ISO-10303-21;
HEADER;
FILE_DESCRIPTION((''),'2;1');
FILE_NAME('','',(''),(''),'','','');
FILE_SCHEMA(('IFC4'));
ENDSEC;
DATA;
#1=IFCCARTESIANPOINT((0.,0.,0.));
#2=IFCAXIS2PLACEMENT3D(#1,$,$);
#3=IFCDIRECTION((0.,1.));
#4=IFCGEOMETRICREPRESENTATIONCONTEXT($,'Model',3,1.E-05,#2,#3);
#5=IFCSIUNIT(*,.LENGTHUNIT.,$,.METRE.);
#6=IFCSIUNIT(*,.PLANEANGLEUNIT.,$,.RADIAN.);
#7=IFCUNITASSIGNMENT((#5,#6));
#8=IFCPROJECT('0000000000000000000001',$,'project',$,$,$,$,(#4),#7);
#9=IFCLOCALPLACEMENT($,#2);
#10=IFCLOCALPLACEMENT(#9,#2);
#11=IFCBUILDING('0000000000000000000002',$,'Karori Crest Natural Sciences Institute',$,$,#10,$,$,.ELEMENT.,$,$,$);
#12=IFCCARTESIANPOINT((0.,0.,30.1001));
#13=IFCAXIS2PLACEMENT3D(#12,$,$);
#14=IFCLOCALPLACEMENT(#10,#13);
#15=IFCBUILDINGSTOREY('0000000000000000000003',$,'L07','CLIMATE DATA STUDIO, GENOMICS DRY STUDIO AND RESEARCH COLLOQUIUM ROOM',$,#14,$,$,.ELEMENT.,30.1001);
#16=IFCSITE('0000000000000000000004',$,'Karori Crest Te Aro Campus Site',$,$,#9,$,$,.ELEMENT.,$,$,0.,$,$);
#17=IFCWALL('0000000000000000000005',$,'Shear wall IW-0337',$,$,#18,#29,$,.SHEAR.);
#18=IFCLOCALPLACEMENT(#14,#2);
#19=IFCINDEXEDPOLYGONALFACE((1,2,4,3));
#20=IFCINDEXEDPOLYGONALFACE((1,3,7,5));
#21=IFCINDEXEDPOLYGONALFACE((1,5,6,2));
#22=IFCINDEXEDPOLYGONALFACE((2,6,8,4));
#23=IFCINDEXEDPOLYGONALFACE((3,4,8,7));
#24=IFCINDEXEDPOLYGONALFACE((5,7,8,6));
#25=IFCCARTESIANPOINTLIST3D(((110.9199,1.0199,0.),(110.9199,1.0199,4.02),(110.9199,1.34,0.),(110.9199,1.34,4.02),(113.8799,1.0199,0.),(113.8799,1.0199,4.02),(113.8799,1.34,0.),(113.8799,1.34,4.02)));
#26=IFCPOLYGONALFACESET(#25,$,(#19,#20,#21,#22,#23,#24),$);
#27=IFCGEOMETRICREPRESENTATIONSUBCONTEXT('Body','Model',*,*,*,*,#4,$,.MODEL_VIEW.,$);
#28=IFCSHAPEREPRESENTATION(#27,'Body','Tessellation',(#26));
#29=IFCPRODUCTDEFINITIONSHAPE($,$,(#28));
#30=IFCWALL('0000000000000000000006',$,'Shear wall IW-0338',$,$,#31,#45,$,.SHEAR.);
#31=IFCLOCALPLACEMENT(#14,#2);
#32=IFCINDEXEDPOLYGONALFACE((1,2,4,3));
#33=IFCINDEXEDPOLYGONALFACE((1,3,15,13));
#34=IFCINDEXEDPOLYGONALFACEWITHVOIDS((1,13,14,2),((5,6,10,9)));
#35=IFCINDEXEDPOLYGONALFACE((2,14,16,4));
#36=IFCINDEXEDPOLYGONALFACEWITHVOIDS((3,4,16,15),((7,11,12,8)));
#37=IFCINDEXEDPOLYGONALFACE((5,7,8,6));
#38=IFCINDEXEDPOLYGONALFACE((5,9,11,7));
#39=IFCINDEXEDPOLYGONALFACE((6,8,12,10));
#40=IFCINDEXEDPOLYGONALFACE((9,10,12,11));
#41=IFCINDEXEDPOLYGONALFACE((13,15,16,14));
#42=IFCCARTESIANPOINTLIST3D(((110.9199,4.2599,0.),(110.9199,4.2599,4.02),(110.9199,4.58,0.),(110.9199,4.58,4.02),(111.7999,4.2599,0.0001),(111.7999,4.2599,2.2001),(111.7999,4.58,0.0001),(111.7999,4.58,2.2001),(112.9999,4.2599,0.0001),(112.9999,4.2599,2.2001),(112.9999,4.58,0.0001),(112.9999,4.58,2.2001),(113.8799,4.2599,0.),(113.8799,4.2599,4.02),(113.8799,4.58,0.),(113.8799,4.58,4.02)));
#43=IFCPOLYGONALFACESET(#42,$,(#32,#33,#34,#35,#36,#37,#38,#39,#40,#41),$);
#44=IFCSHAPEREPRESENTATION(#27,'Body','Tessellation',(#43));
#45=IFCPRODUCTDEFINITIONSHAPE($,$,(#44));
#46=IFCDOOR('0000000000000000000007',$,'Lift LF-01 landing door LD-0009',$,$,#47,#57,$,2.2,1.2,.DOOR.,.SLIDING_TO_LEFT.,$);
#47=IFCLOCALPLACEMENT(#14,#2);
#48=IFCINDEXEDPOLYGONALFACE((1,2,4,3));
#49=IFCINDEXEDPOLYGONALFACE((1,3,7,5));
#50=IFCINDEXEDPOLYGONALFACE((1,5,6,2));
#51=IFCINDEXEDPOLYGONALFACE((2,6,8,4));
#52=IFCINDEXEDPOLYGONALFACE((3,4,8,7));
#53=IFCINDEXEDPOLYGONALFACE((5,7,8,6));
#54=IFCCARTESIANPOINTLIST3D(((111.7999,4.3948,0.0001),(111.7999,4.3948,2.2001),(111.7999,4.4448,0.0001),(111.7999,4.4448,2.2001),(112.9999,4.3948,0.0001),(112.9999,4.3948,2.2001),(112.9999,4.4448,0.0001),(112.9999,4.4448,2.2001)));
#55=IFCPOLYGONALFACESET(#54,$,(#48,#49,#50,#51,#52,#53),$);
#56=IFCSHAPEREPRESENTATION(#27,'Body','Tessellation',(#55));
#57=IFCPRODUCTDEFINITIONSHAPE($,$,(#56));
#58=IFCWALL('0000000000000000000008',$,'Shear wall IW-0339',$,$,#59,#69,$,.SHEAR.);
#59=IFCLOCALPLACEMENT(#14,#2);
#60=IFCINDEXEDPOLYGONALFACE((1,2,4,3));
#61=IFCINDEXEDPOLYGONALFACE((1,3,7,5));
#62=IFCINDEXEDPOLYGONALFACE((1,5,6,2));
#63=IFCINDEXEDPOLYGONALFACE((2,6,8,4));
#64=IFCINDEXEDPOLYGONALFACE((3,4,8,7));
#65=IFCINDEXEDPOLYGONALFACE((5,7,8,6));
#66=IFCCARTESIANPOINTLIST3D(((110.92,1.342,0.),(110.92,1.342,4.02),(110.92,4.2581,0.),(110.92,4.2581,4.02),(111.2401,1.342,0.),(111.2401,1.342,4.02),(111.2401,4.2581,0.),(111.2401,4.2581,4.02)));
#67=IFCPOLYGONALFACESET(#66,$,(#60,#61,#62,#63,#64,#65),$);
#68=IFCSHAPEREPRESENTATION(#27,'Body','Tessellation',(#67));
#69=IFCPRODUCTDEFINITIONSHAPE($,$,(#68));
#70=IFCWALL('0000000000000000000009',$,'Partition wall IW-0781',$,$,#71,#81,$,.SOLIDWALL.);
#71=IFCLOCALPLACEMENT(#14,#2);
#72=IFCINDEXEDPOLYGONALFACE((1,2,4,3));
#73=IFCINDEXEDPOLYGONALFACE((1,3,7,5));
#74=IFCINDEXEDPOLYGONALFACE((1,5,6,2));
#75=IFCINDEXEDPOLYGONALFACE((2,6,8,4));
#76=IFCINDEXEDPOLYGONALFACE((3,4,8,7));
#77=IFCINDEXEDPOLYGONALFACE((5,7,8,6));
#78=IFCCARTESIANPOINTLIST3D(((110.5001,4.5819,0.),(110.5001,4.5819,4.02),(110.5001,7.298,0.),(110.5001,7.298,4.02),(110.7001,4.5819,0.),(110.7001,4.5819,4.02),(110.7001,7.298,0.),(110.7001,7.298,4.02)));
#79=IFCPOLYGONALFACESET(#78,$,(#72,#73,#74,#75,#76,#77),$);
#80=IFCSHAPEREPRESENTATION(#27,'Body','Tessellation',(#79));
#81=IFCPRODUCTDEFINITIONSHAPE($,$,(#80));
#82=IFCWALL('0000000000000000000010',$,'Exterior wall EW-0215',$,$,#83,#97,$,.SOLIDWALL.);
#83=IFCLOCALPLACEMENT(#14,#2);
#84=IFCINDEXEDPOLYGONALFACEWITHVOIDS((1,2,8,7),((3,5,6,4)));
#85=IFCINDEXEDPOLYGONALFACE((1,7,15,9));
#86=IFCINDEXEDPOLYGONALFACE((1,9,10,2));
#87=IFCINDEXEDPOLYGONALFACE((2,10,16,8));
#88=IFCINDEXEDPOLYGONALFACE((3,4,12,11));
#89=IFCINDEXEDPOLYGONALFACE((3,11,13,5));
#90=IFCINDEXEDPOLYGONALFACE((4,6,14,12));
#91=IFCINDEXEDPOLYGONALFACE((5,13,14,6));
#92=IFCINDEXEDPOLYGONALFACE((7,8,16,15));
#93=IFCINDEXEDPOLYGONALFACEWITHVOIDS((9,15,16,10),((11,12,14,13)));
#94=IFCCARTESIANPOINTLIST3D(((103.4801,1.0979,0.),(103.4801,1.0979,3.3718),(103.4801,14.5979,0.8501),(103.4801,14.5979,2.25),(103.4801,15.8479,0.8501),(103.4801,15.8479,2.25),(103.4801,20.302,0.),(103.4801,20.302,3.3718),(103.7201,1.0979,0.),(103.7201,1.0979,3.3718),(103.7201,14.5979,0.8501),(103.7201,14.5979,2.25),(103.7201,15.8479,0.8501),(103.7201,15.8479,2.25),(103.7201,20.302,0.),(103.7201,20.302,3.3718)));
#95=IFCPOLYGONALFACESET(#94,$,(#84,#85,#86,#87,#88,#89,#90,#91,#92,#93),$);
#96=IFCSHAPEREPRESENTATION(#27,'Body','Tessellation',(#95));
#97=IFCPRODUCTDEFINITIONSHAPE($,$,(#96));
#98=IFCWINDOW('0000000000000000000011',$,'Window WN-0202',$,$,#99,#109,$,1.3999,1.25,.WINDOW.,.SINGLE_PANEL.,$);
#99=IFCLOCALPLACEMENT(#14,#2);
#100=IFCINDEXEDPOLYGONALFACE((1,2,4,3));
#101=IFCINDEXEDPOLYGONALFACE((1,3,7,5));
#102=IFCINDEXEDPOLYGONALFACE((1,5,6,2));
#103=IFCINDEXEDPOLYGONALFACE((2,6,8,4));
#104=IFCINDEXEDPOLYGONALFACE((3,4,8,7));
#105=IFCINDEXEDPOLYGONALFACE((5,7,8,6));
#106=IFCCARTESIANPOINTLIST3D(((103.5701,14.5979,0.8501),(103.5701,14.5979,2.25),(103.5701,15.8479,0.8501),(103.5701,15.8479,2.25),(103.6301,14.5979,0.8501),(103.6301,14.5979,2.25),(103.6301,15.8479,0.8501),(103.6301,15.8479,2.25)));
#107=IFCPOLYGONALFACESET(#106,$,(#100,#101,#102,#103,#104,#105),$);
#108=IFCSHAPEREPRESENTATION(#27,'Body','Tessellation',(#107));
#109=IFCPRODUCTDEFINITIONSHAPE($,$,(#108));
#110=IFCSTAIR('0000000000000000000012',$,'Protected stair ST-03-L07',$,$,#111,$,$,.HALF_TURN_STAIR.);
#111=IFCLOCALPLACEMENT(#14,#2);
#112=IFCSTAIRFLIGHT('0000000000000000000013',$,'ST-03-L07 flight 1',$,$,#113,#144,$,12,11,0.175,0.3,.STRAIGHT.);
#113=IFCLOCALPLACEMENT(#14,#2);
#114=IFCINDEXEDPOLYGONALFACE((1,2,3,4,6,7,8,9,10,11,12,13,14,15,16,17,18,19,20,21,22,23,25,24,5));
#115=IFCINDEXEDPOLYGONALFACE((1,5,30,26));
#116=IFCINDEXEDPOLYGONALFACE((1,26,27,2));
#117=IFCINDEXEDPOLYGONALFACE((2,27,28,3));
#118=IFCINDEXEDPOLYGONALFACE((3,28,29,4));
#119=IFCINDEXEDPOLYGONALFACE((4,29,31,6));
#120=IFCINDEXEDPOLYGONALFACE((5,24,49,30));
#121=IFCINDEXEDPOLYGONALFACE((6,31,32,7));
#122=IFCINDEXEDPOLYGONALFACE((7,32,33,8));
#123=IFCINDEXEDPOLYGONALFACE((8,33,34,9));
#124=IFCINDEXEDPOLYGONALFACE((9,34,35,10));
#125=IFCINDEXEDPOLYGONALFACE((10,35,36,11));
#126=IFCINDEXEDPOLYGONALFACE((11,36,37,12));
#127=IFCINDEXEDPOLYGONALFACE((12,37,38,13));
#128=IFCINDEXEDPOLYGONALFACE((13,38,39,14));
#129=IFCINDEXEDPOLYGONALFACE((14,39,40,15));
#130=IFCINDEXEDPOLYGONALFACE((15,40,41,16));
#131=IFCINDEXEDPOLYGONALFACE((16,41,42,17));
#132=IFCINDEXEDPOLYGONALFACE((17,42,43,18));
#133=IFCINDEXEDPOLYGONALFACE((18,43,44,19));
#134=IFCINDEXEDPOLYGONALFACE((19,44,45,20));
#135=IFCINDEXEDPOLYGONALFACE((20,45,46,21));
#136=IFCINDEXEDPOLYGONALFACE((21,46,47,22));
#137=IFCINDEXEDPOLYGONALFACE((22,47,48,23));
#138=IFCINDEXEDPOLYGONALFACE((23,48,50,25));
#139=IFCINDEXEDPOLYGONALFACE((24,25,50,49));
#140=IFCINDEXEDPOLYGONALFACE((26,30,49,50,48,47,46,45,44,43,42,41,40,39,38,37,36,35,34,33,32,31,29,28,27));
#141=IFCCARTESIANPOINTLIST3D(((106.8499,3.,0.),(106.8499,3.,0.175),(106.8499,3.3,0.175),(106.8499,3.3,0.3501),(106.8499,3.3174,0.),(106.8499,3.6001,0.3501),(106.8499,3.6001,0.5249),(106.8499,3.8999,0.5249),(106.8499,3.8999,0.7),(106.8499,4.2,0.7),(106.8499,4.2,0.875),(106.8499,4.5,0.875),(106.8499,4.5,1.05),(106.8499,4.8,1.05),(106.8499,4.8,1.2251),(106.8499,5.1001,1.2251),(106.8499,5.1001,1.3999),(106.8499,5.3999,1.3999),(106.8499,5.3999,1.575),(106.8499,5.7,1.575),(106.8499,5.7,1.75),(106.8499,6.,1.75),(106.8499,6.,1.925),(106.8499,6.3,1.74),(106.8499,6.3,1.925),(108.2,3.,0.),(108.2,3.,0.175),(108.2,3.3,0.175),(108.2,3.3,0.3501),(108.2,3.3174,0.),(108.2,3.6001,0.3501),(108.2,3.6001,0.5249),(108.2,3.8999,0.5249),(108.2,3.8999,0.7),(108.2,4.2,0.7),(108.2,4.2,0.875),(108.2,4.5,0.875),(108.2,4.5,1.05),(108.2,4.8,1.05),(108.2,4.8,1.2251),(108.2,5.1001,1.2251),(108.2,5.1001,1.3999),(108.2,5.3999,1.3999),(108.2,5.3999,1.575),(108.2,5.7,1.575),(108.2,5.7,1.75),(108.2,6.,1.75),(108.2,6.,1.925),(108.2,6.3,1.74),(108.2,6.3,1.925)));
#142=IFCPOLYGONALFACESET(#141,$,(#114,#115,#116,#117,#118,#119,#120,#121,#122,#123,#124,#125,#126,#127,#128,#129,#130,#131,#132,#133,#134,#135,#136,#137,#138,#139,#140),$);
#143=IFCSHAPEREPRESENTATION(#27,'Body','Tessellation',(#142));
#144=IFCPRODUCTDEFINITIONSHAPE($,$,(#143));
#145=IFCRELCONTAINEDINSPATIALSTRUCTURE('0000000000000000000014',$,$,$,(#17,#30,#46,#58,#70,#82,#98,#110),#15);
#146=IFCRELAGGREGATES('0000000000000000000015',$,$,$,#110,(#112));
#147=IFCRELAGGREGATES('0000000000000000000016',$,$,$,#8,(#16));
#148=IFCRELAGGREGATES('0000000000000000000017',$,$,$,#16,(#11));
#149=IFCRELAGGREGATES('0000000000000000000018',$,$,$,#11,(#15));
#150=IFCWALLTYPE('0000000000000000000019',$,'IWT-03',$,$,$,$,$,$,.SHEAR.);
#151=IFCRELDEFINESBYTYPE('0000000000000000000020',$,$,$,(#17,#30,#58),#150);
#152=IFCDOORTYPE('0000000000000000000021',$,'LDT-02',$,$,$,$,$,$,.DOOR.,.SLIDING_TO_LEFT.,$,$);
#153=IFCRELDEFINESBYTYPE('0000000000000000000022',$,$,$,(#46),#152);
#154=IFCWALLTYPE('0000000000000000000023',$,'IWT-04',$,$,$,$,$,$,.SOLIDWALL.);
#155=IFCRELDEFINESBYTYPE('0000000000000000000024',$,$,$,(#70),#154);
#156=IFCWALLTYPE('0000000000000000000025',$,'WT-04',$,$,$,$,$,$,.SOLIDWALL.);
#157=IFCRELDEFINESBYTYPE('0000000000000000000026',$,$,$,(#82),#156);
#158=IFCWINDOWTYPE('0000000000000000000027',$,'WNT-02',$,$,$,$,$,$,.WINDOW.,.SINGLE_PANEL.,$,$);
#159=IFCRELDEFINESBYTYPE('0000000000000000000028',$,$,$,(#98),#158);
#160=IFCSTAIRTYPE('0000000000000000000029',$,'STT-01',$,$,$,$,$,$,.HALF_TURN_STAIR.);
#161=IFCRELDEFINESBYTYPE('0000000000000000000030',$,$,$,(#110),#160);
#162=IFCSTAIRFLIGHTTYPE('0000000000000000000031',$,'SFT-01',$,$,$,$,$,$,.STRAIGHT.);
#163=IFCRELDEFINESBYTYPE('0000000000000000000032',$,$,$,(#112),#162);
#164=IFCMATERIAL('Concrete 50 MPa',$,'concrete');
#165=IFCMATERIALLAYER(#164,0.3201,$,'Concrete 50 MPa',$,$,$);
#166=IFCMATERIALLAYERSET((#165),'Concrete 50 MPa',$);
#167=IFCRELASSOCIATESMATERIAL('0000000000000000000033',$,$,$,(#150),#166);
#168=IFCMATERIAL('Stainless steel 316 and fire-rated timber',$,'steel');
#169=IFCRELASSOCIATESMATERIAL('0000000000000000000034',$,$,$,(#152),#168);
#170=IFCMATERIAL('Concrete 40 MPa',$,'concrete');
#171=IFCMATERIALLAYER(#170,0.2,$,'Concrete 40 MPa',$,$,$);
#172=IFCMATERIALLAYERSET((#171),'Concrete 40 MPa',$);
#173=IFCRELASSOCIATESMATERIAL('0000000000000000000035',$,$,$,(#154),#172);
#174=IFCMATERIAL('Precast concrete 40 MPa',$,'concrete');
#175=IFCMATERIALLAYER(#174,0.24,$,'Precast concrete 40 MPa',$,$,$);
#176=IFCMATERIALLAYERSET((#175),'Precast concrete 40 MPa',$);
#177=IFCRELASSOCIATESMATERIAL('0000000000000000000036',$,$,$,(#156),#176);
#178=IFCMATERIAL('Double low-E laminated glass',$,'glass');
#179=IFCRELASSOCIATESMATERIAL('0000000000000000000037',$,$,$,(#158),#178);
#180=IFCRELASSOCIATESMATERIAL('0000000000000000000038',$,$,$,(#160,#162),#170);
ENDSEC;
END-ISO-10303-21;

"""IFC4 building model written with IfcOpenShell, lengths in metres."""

from ifc_helpers import new_model, si_unit, direction, frame, frame_2d, origin, place, context, subcontext, project, spatial, polyline, rectangle, outline, extrude, material, layer, layer_set, type_object, element, fill, aggregate, save


model = new_model("IFC4")

# Units and contexts
model_context = context("Model", 3, precision=1e-05, world=origin(), true_north=direction((0.0, 1.0)))
body_context = subcontext(model_context, "Body", "Model", "MODEL_VIEW")
ifc_project = project(units=[si_unit("LENGTHUNIT", "METRE"), si_unit("PLANEANGLEUNIT", "RADIAN")], contexts=[model_context])

# Site, building, storey
site_placement = place(None, origin())
site = spatial("IfcSite", under=ifc_project, at=site_placement, Name="Karori Crest Te Aro Campus Site", CompositionType="ELEMENT", RefElevation=0.0)
building_placement = place(site_placement, origin())
building = spatial("IfcBuilding", under=site, at=building_placement, Name="Karori Crest Natural Sciences Institute", CompositionType="ELEMENT")
storey_placement = place(building_placement, frame((0.0, 0.0, 30.1001)))
storey = spatial("IfcBuildingStorey", under=building, at=storey_placement, Name="L07", Description="CLIMATE DATA STUDIO, GENOMICS DRY STUDIO AND RESEARCH COLLOQUIUM ROOM", CompositionType="ELEMENT", Elevation=30.1001)

# Shared definitions
ifc_material_1 = material(Name="Concrete 50 MPa", Category="concrete")

# Shared definitions
ifc_material_2 = material(Name="Stainless steel 316 and fire-rated timber", Category="steel")

# Wall
ifc_layer_1 = layer(ifc_material_1, 0.3201, Name="Concrete 50 MPa")
ifc_layer_set_1 = layer_set([ifc_layer_1], Name="Concrete 50 MPa")
wall_type_1 = type_object("IfcWallType", Name="IWT-03", PredefinedType="SHEAR", material=ifc_layer_set_1)
wall_1_placement = place(storey_placement, frame((110.9199, 1.1799, 0.0), z_axis=(0.0, 0.0, 1.0), x_axis=(1.0, 0.0, 0.0)))
element("IfcWall", 1, at=wall_1_placement, inside=storey, type_object=wall_type_1, Name="Shear wall IW-0337", PredefinedType="SHEAR", context=body_context, shape_type="SweptSolid", body=[
    extrude(rectangle(XDim=2.96, YDim=0.3201, at=frame_2d((1.48, 0.0))), origin(), (0.0, 0.0, 1.0), 4.02),
])

# Wall, opening, door
wall_2_placement = place(storey_placement, frame((110.9199, 4.4199, 0.0), z_axis=(0.0, 0.0, 1.0), x_axis=(1.0, 0.0, 0.0)))
wall_2 = element("IfcWall", 2, at=wall_2_placement, inside=storey, type_object=wall_type_1, Name="Shear wall IW-0338", PredefinedType="SHEAR", context=body_context, shape_type="SweptSolid", body=[
    extrude(rectangle(XDim=2.96, YDim=0.3201, at=frame_2d((1.48, 0.0))), origin(), (0.0, 0.0, 1.0), 4.02),
])
opening_1_placement = place(wall_2_placement, frame((0.8799, 0.0, 0.0)))
opening_1 = element("IfcOpeningElement", 3, at=opening_1_placement, cuts=wall_2, PredefinedType="OPENING", context=body_context, shape_type="SweptSolid", body=[
    extrude(rectangle(XDim=1.2, YDim=2.2, at=frame_2d((0.6001, 1.1001))), frame((0.0, 0.1699, 0.0), z_axis=(0.0, -1.0, 0.0), x_axis=(1.0, 0.0, 0.0)), (0.0, 0.0, 1.0), 0.3401),
])
door_type_1 = type_object("IfcDoorType", Name="LDT-02", OperationType="SLIDING_TO_LEFT", PredefinedType="DOOR", material=ifc_material_2)
door_1_placement = place(opening_1_placement, origin())
door_1 = element("IfcDoor", 4, at=door_1_placement, inside=storey, type_object=door_type_1, Name="Lift LF-01 landing door LD-0009", OperationType="SLIDING_TO_LEFT", OverallHeight=2.2, OverallWidth=1.2, PredefinedType="DOOR", context=body_context, shape_type="SweptSolid", body=[
    extrude(rectangle(XDim=1.2, YDim=2.2, at=frame_2d((0.6001, 1.1001))), frame((0.0, 0.0249, 0.0), z_axis=(0.0, -1.0, 0.0), x_axis=(1.0, 0.0, 0.0)), (0.0, 0.0, 1.0), 0.05),
])
fill(opening_1, door_1)

# Wall
wall_3_placement = place(storey_placement, frame((111.0801, 1.342, 0.0), z_axis=(0.0, 0.0, 1.0), x_axis=(0.0, 1.0, 0.0)))
element("IfcWall", 5, at=wall_3_placement, inside=storey, type_object=wall_type_1, Name="Shear wall IW-0339", PredefinedType="SHEAR", context=body_context, shape_type="SweptSolid", body=[
    extrude(rectangle(XDim=2.916, YDim=0.3201, at=frame_2d((1.458, 0.0))), origin(), (0.0, 0.0, 1.0), 4.02),
])

# Shared definitions
ifc_material_3 = material(Name="Concrete 40 MPa", Category="concrete")
ifc_layer_2 = layer(ifc_material_3, 0.2, Name="Concrete 40 MPa")
ifc_layer_set_2 = layer_set([ifc_layer_2], Name="Concrete 40 MPa")
wall_type_2 = type_object("IfcWallType", Name="IWT-04", PredefinedType="SOLIDWALL", material=ifc_layer_set_2)

# Wall
wall_4_placement = place(storey_placement, frame((110.6001, 4.582, 0.0), z_axis=(0.0, 0.0, 1.0), x_axis=(0.0, 1.0, 0.0)))
element("IfcWall", 6, at=wall_4_placement, inside=storey, type_object=wall_type_2, Name="Partition wall IW-0781", PredefinedType="SOLIDWALL", context=body_context, shape_type="SweptSolid", body=[
    extrude(rectangle(XDim=2.7161, YDim=0.2, at=frame_2d((1.3579, 0.0))), origin(), (0.0, 0.0, 1.0), 4.02),
])

# Wall, opening, window
ifc_material_4 = material(Name="Precast concrete 40 MPa", Category="concrete")
ifc_layer_3 = layer(ifc_material_4, 0.24, Name="Precast concrete 40 MPa")
ifc_layer_set_3 = layer_set([ifc_layer_3], Name="Precast concrete 40 MPa")
wall_type_3 = type_object("IfcWallType", Name="WT-04", PredefinedType="SOLIDWALL", material=ifc_layer_set_3)
wall_5_placement = place(storey_placement, frame((103.6001, 1.0979, 0.0), z_axis=(0.0, 0.0, 1.0), x_axis=(0.0, 1.0, 0.0)))
wall_5 = element("IfcWall", 7, at=wall_5_placement, inside=storey, type_object=wall_type_3, Name="Exterior wall EW-0215", PredefinedType="SOLIDWALL", context=body_context, shape_type="SweptSolid", body=[
    extrude(rectangle(XDim=19.2041, YDim=0.24, at=frame_2d((9.6021, 0.0))), origin(), (0.0, 0.0, 1.0), 3.3718),
])
opening_2_placement = place(wall_5_placement, frame((13.5, 0.0, 0.8501)))
opening_2 = element("IfcOpeningElement", 8, at=opening_2_placement, cuts=wall_5, PredefinedType="OPENING", context=body_context, shape_type="SweptSolid", body=[
    extrude(rectangle(XDim=1.25, YDim=1.3999, at=frame_2d((0.625, 0.7))), frame((0.0, 0.1299, 0.0), z_axis=(0.0, -1.0, 0.0), x_axis=(1.0, 0.0, 0.0)), (0.0, 0.0, 1.0), 0.26),
])
ifc_material_5 = material(Name="Double low-E laminated glass", Category="glass")
window_type = type_object("IfcWindowType", Name="WNT-02", PartitioningType="SINGLE_PANEL", PredefinedType="WINDOW", material=ifc_material_5)
window_placement = place(opening_2_placement, origin())
window = element("IfcWindow", 9, at=window_placement, inside=storey, type_object=window_type, Name="Window WN-0202", OverallHeight=1.3999, OverallWidth=1.25, PartitioningType="SINGLE_PANEL", PredefinedType="WINDOW", context=body_context, shape_type="SweptSolid", body=[
    extrude(rectangle(XDim=1.25, YDim=1.3999, at=frame_2d((0.625, 0.7))), frame((0.0, 0.03, 0.0), z_axis=(0.0, -1.0, 0.0), x_axis=(1.0, 0.0, 0.0)), (0.0, 0.0, 1.0), 0.0601),
])
fill(opening_2, window)

# Stair, stair flight
stair_type = type_object("IfcStairType", Name="STT-01", PredefinedType="HALF_TURN_STAIR", material=ifc_material_3)
stair_placement = place(storey_placement, origin())
stair = element("IfcStair", 10, at=stair_placement, inside=storey, type_object=stair_type, Name="Protected stair ST-03-L07", PredefinedType="HALF_TURN_STAIR")
stair_flight_type = type_object("IfcStairFlightType", Name="SFT-01", PredefinedType="STRAIGHT", material=ifc_material_3)
stair_flight_1_placement = place(storey_placement, frame((107.5249, 3.0, 0.0), z_axis=(0.0, 0.0, 1.0), x_axis=(0.0, 1.0, 0.0)))
stair_flight_1 = element("IfcStairFlight", 11, at=stair_flight_1_placement, type_object=stair_flight_type, Name="ST-03-L07 flight 1", NumberOfRisers=12, NumberOfTreads=11, PredefinedType="STRAIGHT", RiserHeight=0.175, TreadLength=0.3, context=body_context, shape_type="SweptSolid", body=[
    extrude(outline(polyline([(0.0, 0.0), (0.0, 0.175), (0.3, 0.175), (0.3, 0.3501), (0.6001, 0.3501), (0.6001, 0.5249), (0.8999, 0.5249), (0.8999, 0.7), (1.2, 0.7), (1.2, 0.875), (1.5, 0.875), (1.5, 1.05), (1.8, 1.05), (1.8, 1.2251), (2.1001, 1.2251), (2.1001, 1.3999), (2.3999, 1.3999), (2.3999, 1.575), (2.7, 1.575), (2.7, 1.75), (3.0, 1.75), (3.0, 1.925), (3.3, 1.925), (3.3, 2.1001), (3.3, 1.74), (0.3174, 0.0), (0.0, 0.0)])), frame((0.0, 0.675, 0.0), z_axis=(0.0, -1.0, 0.0), x_axis=(1.0, 0.0, 0.0)), (0.0, 0.0, 1.0), 1.3501),
])
aggregate(stair, [stair_flight_1])

save(model, "model.ifc")
